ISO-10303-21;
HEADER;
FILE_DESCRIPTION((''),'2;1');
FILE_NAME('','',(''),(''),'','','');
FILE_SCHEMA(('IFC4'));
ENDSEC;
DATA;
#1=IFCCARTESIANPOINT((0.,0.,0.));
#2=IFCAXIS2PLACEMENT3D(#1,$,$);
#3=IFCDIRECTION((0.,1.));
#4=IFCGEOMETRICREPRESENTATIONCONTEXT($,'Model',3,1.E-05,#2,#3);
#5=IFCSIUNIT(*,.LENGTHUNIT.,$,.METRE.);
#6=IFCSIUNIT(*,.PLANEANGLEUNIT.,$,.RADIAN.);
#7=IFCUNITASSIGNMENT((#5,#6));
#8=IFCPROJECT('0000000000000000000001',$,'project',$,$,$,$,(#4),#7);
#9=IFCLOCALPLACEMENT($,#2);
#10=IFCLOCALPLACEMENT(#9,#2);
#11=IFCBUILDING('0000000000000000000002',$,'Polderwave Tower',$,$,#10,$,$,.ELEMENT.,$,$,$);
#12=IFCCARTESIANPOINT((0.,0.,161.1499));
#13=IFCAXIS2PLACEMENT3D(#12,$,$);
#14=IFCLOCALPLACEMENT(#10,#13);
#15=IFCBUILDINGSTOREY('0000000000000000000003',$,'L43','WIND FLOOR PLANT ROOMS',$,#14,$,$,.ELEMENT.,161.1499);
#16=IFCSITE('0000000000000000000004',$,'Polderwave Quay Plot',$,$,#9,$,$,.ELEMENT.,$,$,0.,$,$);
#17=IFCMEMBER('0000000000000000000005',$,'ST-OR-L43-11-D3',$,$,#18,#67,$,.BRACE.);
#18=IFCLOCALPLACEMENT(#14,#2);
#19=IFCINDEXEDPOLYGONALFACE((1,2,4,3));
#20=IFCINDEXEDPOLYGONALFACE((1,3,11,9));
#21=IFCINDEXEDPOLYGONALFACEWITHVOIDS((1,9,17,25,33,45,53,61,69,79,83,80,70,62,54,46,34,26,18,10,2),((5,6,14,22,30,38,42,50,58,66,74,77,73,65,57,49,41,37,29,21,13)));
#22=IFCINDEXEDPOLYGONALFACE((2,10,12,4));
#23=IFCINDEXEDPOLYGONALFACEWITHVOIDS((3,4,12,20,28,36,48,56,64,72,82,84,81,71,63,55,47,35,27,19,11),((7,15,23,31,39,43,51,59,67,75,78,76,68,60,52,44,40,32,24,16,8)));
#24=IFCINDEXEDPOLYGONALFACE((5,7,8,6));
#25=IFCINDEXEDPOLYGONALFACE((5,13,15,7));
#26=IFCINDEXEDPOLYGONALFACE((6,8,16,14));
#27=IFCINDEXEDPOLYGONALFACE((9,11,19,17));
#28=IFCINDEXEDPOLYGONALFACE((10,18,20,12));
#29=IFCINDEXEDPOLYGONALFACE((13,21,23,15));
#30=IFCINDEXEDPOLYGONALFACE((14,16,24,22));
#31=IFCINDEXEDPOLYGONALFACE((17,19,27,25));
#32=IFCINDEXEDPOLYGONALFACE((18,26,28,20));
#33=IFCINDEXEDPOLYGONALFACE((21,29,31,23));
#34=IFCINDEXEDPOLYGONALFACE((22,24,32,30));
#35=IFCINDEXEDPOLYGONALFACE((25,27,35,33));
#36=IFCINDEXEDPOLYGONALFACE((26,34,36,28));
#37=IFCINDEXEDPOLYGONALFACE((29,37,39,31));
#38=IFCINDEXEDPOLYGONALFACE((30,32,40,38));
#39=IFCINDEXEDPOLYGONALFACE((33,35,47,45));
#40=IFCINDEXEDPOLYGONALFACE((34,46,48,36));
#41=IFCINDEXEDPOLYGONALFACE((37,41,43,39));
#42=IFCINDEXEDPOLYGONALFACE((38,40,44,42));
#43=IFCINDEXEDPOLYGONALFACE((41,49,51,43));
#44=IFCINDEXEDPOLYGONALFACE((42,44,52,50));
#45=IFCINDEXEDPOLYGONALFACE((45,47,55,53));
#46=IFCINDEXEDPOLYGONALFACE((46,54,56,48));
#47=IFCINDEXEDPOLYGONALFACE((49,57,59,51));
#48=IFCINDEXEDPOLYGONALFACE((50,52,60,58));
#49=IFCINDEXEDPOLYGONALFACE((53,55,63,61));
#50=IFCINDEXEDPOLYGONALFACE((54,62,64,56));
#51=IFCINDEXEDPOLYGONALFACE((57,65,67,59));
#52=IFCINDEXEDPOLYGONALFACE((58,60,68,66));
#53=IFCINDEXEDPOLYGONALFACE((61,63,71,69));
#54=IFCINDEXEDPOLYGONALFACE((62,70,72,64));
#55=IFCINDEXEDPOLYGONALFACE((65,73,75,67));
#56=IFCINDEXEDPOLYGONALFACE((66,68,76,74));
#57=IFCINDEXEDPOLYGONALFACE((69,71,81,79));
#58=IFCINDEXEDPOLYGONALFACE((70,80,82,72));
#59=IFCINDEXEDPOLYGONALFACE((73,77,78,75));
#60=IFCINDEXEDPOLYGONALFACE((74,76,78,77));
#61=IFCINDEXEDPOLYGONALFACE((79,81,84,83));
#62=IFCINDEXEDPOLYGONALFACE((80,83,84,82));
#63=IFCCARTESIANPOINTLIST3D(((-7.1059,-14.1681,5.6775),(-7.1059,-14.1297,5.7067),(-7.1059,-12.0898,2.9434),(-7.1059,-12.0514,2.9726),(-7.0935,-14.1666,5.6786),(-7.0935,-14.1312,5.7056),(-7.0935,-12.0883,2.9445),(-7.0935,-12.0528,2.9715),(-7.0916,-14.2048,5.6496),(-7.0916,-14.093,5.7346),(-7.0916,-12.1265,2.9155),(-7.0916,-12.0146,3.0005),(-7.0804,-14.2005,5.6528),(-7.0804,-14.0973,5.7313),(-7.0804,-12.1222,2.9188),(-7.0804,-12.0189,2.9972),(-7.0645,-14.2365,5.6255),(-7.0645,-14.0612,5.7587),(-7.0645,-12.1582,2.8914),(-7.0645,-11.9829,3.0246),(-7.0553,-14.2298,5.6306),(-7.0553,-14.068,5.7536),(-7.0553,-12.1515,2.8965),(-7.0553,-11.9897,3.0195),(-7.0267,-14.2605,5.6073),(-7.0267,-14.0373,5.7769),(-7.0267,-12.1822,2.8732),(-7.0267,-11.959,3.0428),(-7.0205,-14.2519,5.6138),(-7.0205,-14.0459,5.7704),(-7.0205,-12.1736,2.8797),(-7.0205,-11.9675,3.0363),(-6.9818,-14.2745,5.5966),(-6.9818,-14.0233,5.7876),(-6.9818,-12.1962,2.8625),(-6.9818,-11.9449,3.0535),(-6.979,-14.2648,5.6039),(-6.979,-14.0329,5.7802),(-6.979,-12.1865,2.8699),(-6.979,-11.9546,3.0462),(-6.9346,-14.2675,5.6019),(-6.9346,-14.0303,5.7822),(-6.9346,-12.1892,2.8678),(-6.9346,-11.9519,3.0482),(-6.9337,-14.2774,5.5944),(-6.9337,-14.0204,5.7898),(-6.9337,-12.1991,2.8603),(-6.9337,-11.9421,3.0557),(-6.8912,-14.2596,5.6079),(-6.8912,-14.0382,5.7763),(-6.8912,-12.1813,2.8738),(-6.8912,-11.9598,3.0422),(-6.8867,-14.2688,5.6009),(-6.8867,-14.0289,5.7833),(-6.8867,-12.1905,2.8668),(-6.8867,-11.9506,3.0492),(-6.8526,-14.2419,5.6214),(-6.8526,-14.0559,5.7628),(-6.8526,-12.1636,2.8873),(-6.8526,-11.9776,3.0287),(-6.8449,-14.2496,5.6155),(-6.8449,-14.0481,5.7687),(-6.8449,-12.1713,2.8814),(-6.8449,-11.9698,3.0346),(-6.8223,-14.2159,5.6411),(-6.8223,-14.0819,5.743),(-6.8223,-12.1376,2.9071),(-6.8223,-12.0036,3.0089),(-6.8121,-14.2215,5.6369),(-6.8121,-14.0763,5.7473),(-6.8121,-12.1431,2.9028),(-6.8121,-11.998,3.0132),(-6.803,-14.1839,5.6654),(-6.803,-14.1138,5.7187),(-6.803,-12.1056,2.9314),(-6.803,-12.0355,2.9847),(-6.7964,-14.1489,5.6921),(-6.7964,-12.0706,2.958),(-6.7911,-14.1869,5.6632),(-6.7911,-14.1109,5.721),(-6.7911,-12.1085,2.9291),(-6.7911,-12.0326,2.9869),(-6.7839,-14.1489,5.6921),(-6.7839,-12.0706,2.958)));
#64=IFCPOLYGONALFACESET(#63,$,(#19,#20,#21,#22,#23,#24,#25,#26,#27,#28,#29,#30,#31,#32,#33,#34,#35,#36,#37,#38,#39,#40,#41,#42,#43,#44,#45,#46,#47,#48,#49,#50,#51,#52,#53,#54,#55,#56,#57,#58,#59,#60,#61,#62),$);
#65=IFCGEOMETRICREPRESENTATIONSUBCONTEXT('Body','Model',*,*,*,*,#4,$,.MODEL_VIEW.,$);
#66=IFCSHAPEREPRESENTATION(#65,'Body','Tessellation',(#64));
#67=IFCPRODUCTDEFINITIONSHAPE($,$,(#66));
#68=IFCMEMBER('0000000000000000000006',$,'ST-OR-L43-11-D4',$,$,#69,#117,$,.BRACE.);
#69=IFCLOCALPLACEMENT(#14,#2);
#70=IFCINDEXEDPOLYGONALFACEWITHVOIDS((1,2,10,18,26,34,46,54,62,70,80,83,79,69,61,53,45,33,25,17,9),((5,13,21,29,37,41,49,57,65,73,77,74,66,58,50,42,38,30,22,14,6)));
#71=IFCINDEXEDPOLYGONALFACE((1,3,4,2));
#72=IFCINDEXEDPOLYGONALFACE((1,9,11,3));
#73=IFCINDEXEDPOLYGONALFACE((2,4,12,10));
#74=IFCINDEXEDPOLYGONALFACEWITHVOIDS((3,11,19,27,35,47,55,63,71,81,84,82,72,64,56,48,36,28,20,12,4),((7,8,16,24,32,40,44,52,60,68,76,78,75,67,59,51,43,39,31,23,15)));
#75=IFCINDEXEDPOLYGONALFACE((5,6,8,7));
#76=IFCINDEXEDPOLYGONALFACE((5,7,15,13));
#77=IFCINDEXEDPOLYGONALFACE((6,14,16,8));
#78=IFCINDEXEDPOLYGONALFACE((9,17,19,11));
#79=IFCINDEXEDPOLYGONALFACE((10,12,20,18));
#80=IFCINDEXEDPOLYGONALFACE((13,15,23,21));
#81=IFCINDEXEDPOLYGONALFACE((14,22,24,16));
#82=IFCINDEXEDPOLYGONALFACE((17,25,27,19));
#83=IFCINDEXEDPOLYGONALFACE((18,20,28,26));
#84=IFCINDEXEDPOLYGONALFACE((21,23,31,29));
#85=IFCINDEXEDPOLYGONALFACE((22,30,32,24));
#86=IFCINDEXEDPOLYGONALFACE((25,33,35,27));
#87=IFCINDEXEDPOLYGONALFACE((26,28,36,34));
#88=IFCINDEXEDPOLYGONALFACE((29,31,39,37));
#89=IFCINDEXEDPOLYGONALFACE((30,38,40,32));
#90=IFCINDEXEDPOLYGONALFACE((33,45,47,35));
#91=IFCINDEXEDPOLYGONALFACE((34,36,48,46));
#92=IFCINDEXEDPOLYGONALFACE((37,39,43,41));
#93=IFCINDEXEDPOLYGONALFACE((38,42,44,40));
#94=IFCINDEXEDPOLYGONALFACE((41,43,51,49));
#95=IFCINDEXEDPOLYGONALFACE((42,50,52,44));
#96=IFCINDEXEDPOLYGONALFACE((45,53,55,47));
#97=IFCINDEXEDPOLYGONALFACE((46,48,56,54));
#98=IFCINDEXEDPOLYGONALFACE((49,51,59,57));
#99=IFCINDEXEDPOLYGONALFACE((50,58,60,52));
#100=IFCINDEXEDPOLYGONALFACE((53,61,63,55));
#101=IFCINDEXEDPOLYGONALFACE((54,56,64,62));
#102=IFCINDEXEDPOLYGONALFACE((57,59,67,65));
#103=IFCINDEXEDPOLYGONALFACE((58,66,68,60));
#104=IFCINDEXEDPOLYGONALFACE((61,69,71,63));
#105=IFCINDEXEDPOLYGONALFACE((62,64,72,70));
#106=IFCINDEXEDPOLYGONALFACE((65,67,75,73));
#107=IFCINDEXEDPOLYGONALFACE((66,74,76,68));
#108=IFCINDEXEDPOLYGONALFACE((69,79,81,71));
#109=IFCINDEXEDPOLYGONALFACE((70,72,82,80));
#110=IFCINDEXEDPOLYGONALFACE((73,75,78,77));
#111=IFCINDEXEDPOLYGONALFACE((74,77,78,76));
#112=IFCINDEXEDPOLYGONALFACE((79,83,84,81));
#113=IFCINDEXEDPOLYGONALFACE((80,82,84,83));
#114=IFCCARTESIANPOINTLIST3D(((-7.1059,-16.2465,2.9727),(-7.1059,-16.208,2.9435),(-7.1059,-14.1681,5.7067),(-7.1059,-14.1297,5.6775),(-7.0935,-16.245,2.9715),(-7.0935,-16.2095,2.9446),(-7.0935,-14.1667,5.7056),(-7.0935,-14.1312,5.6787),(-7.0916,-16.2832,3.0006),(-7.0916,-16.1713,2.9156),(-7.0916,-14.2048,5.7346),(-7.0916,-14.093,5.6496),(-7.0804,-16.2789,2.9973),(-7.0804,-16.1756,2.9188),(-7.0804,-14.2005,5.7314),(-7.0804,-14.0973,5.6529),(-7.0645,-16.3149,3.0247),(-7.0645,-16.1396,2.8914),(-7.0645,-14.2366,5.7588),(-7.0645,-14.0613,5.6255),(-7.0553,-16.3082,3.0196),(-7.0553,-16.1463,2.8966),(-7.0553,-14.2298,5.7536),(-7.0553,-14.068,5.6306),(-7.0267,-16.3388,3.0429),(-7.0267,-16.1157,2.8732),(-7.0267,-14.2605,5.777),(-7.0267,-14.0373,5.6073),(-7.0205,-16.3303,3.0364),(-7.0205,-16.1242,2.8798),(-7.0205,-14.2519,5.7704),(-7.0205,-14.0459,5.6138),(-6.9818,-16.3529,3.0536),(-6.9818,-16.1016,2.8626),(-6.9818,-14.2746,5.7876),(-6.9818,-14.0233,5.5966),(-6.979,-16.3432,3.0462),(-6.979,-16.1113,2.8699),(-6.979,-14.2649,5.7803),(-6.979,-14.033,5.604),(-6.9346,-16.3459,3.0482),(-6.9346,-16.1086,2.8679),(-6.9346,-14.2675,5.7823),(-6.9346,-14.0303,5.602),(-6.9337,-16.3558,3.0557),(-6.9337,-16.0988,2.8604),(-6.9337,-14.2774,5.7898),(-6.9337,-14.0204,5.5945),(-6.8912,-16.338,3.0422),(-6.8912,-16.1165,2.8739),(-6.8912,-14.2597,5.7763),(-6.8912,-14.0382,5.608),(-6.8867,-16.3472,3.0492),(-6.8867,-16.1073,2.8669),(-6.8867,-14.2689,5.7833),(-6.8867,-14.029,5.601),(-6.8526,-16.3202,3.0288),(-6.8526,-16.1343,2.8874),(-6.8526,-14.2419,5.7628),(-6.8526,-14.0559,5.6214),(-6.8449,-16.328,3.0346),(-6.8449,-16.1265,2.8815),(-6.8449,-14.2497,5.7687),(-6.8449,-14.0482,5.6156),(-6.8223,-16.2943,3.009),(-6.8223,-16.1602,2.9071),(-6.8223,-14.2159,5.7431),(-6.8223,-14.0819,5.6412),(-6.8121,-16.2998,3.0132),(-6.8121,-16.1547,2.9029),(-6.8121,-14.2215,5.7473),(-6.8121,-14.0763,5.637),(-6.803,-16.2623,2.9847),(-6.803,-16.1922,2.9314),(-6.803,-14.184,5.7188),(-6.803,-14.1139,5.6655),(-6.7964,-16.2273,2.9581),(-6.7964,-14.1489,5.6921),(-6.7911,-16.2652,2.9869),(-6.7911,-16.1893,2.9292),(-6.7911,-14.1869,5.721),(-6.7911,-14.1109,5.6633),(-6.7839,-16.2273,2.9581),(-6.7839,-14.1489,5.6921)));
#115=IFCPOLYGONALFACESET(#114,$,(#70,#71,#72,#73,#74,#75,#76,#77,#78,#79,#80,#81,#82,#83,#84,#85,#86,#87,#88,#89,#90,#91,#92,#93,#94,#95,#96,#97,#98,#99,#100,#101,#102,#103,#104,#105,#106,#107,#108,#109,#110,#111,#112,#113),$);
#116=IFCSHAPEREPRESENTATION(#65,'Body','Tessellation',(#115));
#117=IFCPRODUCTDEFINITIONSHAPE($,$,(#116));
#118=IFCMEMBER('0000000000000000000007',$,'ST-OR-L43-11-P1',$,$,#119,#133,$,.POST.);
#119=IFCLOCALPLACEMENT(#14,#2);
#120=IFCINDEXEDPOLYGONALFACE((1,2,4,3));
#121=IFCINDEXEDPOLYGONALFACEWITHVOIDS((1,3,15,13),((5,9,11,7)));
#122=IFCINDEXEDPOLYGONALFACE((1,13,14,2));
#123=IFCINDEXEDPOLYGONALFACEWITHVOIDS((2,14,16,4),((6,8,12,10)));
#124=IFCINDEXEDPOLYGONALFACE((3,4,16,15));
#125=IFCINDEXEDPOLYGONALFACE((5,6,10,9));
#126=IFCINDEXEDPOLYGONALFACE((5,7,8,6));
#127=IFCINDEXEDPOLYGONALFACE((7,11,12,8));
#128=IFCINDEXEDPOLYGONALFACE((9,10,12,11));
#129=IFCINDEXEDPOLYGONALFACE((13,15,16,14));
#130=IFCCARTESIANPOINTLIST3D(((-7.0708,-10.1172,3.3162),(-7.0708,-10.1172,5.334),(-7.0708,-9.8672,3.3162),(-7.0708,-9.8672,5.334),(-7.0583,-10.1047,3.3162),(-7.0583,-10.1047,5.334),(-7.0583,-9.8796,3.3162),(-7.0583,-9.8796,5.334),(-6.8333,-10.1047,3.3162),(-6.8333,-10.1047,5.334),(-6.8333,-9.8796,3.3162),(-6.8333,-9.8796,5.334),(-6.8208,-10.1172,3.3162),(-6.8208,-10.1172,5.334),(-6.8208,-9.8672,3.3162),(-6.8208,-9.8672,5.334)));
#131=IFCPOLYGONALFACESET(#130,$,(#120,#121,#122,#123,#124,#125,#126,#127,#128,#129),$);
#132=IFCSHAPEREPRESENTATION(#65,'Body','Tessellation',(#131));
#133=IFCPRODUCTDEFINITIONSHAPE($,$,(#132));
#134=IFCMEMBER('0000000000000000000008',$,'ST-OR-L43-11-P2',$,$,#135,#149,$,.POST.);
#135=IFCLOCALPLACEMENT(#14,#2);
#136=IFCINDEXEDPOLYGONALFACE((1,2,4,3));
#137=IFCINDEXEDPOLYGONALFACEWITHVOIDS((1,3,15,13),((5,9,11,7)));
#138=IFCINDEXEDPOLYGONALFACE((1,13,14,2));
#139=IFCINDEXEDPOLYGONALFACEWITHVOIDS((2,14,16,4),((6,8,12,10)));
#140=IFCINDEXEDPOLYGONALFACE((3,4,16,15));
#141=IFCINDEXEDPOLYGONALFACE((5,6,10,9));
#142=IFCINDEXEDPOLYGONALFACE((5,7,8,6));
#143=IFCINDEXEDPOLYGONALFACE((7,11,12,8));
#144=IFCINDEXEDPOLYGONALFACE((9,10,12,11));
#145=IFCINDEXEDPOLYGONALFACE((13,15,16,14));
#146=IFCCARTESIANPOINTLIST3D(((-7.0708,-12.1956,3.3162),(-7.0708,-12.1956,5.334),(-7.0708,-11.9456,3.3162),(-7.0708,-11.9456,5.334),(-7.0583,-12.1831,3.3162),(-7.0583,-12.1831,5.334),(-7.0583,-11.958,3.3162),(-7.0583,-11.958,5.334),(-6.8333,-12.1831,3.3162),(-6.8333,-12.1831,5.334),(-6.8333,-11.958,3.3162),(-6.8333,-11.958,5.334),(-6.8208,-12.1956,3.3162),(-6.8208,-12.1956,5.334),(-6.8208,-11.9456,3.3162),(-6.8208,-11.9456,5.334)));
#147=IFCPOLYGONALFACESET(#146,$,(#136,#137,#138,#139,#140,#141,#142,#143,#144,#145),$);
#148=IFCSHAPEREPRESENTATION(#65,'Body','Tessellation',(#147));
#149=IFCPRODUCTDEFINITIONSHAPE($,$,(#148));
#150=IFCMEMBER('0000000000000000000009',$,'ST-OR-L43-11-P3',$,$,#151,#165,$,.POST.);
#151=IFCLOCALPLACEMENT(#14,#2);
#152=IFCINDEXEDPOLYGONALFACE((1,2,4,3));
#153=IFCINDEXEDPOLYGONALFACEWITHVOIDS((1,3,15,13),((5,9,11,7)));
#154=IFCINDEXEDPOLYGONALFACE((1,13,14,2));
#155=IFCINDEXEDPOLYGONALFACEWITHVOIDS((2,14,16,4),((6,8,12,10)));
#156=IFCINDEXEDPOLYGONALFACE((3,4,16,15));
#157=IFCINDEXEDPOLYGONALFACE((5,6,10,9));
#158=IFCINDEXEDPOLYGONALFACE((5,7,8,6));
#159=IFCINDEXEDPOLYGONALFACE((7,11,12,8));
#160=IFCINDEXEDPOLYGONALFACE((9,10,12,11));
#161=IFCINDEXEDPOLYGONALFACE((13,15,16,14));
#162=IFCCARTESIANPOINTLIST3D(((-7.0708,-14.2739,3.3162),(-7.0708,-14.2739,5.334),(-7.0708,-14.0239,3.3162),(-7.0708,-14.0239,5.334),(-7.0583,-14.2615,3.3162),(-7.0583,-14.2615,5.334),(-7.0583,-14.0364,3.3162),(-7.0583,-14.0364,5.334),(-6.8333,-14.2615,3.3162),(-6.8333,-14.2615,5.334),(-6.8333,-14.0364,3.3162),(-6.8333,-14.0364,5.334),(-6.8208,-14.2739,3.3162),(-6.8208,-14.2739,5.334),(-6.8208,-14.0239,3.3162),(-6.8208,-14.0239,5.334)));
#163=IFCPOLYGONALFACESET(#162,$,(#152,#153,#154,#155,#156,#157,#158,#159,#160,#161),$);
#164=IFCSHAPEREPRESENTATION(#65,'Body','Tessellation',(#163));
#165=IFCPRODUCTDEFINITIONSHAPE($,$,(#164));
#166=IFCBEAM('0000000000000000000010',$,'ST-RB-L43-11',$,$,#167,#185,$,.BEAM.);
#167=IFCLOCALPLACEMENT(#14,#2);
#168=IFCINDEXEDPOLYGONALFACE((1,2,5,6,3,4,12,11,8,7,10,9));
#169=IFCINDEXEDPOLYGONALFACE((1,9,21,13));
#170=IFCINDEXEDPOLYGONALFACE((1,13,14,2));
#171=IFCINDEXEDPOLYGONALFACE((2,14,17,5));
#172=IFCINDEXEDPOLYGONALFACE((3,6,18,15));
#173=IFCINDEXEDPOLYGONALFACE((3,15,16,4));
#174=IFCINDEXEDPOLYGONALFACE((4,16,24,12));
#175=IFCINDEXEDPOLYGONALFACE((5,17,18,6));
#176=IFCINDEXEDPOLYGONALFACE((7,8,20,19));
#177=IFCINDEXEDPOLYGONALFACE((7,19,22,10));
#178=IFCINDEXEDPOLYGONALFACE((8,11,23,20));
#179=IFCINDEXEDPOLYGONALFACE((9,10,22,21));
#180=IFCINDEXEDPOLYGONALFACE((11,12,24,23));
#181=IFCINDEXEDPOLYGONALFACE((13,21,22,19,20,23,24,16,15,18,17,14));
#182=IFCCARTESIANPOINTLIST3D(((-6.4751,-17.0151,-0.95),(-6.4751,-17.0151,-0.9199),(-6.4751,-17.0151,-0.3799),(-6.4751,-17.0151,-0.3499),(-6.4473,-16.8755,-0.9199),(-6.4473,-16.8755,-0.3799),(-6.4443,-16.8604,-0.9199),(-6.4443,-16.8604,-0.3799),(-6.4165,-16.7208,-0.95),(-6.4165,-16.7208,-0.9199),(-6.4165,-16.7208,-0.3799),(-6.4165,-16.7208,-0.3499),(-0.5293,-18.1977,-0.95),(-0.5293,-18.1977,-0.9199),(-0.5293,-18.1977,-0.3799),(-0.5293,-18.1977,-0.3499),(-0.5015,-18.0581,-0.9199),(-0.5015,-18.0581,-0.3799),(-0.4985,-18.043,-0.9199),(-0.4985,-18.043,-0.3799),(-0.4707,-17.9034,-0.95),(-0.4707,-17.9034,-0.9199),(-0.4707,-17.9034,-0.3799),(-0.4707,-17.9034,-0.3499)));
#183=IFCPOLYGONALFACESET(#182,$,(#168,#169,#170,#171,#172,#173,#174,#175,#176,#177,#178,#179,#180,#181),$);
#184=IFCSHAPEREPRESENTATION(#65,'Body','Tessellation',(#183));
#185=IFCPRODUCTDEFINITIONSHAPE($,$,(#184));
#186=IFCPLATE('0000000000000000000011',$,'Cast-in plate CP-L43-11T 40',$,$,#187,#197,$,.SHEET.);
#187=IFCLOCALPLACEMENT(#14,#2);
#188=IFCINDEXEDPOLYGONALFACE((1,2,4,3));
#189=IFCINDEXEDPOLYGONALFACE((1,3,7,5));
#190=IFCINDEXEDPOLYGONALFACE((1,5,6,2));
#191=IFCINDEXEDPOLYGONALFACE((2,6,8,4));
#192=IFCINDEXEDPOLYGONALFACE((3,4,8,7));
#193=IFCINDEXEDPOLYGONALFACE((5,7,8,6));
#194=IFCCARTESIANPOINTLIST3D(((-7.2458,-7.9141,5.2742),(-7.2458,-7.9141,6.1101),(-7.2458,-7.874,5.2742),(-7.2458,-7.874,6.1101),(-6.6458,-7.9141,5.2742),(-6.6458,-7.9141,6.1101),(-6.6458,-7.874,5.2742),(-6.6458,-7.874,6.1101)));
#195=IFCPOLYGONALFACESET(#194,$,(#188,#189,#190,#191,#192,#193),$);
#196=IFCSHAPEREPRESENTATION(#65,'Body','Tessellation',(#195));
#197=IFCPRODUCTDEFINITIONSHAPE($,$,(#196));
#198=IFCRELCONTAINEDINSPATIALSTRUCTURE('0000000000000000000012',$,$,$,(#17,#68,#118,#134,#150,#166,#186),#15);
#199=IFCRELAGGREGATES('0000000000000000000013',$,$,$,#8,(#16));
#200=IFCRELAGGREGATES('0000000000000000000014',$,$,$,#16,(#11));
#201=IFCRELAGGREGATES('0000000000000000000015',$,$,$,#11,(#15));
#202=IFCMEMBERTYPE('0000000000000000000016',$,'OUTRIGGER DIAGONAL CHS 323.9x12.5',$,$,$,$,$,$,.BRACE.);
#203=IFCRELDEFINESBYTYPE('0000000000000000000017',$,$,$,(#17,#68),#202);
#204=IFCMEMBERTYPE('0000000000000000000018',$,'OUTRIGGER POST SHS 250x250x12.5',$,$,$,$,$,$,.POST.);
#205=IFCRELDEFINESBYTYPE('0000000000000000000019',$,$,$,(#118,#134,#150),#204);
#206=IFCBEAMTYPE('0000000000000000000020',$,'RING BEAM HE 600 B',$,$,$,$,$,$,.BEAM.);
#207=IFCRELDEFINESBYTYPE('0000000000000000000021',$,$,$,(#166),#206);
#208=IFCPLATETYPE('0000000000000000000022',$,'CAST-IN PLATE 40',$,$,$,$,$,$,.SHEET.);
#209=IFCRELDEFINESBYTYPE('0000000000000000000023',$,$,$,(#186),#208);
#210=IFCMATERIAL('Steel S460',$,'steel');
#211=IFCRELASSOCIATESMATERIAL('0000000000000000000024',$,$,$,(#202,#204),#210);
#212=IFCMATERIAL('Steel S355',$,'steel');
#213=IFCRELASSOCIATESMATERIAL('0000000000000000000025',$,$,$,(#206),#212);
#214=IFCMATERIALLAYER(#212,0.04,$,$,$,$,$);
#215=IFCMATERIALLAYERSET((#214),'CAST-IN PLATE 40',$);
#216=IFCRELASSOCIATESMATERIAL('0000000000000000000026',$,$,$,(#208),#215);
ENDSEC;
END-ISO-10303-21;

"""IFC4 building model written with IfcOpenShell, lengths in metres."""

from ifc_helpers import new_model, si_unit, direction, frame, origin, origin_2d, place, context, subcontext, project, spatial, rectangle, hollow_rectangle, hollow_circle, i_section, extrude, material, layer, layer_set, material_profile, profile_set, type_object, element, save


model = new_model("IFC4")

# Units and contexts
model_context = context("Model", 3, precision=1e-05, world=origin(), true_north=direction((0.0, 1.0)))
body_context = subcontext(model_context, "Body", "Model", "MODEL_VIEW")
ifc_project = project(units=[si_unit("LENGTHUNIT", "METRE"), si_unit("PLANEANGLEUNIT", "RADIAN")], contexts=[model_context])

# Site, building, storey
site_placement = place(None, origin())
site = spatial("IfcSite", under=ifc_project, at=site_placement, Name="Polderwave Quay Plot", CompositionType="ELEMENT", RefElevation=0.0)
building_placement = place(site_placement, origin())
building = spatial("IfcBuilding", under=site, at=building_placement, Name="Polderwave Tower", CompositionType="ELEMENT")
storey_placement = place(building_placement, frame((0.0, 0.0, 161.1499)))
storey = spatial("IfcBuildingStorey", under=building, at=storey_placement, Name="L43", Description="WIND FLOOR PLANT ROOMS", CompositionType="ELEMENT", Elevation=161.1499)

# Members
ifc_material_1 = material(Name="Steel S460", Category="steel")
ifc_material_profile_1 = material_profile(ifc_material_1, hollow_circle(Radius=0.1619, WallThickness=0.0125, at=origin_2d()), Name="CHS 323.9x12.5")
ifc_profile_set_1 = profile_set([ifc_material_profile_1], Name="Steel S460")
member_type_1 = type_object("IfcMemberType", Name="OUTRIGGER DIAGONAL CHS 323.9x12.5", PredefinedType="BRACE", material=ifc_profile_set_1)
for number, where, z_axis, x_axis, name in (
    (1, (-6.9458, -12.0706, 2.958), (0.0, -0.605163, 0.796102), (1.0, 0.0, 0.0), "ST-OR-L43-11-D3"),
    (2, (-6.9458, -14.1489, 5.6921), (0.0, -0.605163, -0.796102), (1.0, 0.0, 0.0), "ST-OR-L43-11-D4"),
):
    element("IfcMember", number, at=place(storey_placement, frame(where, z_axis=z_axis, x_axis=x_axis)), inside=storey, type_object=member_type_1, Name=name, PredefinedType="BRACE", context=body_context, shape_type="SweptSolid", body=[
        extrude(hollow_circle(Radius=0.1619, WallThickness=0.0125, at=origin_2d()), origin(), (0.0, 0.0, 1.0), 3.4343),
    ])
ifc_material_profile_2 = material_profile(ifc_material_1, hollow_rectangle(XDim=0.25, YDim=0.25, WallThickness=0.0125, at=origin_2d()), Name="SHS 250x250x12.5")
ifc_profile_set_2 = profile_set([ifc_material_profile_2], Name="Steel S460")
member_type_2 = type_object("IfcMemberType", Name="OUTRIGGER POST SHS 250x250x12.5", PredefinedType="POST", material=ifc_profile_set_2)
for number, where, z_axis, x_axis, name in (
    (3, (-6.9458, -9.9922, 3.3162), (0.0, 0.0, 1.0), (1.0, 0.0, 0.0), "ST-OR-L43-11-P1"),
    (4, (-6.9458, -12.0706, 3.3162), (0.0, 0.0, 1.0), (1.0, 0.0, 0.0), "ST-OR-L43-11-P2"),
    (5, (-6.9458, -14.1489, 3.3162), (0.0, 0.0, 1.0), (1.0, 0.0, 0.0), "ST-OR-L43-11-P3"),
):
    element("IfcMember", number, at=place(storey_placement, frame(where, z_axis=z_axis, x_axis=x_axis)), inside=storey, type_object=member_type_2, Name=name, PredefinedType="POST", context=body_context, shape_type="SweptSolid", body=[
        extrude(hollow_rectangle(XDim=0.25, YDim=0.25, WallThickness=0.0125, at=origin_2d()), origin(), (0.0, 0.0, 1.0), 2.0178),
    ])

# Beam
ifc_material_2 = material(Name="Steel S355", Category="steel")
ifc_material_profile_3 = material_profile(ifc_material_2, i_section(OverallWidth=0.3, OverallDepth=0.6001, WebThickness=0.0154, FlangeThickness=0.03, at=origin_2d()), Name="HE 600 B")
ifc_profile_set_3 = profile_set([ifc_material_profile_3], Name="Steel S355")
beam_type = type_object("IfcBeamType", Name="RING BEAM HE 600 B", PredefinedType="BEAM", material=ifc_profile_set_3)
beam_placement = place(storey_placement, frame((-6.4458, -16.8679, -0.6499), z_axis=(0.980788, -0.195078, 0.0), x_axis=(0.195078, 0.980788, 0.0)))
element("IfcBeam", 6, at=beam_placement, inside=storey, type_object=beam_type, Name="ST-RB-L43-11", PredefinedType="BEAM", context=body_context, shape_type="SweptSolid", body=[
    extrude(i_section(OverallWidth=0.3, OverallDepth=0.6001, WebThickness=0.0154, FlangeThickness=0.03, at=origin_2d()), origin(), (0.0, 0.0, 1.0), 6.0623),
])

# Plate
ifc_layer_1 = layer(ifc_material_2, 0.04)
ifc_layer_set_1 = layer_set([ifc_layer_1], Name="CAST-IN PLATE 40")
plate_type = type_object("IfcPlateType", Name="CAST-IN PLATE 40", PredefinedType="SHEET", material=ifc_layer_set_1)
plate_placement = place(storey_placement, frame((-6.9458, -7.894, 5.2742), z_axis=(0.0, 0.0, 1.0), x_axis=(0.0, 1.0, 0.0)))
element("IfcPlate", 7, at=plate_placement, inside=storey, type_object=plate_type, Name="Cast-in plate CP-L43-11T 40", PredefinedType="SHEET", context=body_context, shape_type="SweptSolid", body=[
    extrude(rectangle(XDim=0.04, YDim=0.6001, at=origin_2d()), origin(), (0.0, 0.0, 1.0), 0.8359),
])

save(model, "model.ifc")
